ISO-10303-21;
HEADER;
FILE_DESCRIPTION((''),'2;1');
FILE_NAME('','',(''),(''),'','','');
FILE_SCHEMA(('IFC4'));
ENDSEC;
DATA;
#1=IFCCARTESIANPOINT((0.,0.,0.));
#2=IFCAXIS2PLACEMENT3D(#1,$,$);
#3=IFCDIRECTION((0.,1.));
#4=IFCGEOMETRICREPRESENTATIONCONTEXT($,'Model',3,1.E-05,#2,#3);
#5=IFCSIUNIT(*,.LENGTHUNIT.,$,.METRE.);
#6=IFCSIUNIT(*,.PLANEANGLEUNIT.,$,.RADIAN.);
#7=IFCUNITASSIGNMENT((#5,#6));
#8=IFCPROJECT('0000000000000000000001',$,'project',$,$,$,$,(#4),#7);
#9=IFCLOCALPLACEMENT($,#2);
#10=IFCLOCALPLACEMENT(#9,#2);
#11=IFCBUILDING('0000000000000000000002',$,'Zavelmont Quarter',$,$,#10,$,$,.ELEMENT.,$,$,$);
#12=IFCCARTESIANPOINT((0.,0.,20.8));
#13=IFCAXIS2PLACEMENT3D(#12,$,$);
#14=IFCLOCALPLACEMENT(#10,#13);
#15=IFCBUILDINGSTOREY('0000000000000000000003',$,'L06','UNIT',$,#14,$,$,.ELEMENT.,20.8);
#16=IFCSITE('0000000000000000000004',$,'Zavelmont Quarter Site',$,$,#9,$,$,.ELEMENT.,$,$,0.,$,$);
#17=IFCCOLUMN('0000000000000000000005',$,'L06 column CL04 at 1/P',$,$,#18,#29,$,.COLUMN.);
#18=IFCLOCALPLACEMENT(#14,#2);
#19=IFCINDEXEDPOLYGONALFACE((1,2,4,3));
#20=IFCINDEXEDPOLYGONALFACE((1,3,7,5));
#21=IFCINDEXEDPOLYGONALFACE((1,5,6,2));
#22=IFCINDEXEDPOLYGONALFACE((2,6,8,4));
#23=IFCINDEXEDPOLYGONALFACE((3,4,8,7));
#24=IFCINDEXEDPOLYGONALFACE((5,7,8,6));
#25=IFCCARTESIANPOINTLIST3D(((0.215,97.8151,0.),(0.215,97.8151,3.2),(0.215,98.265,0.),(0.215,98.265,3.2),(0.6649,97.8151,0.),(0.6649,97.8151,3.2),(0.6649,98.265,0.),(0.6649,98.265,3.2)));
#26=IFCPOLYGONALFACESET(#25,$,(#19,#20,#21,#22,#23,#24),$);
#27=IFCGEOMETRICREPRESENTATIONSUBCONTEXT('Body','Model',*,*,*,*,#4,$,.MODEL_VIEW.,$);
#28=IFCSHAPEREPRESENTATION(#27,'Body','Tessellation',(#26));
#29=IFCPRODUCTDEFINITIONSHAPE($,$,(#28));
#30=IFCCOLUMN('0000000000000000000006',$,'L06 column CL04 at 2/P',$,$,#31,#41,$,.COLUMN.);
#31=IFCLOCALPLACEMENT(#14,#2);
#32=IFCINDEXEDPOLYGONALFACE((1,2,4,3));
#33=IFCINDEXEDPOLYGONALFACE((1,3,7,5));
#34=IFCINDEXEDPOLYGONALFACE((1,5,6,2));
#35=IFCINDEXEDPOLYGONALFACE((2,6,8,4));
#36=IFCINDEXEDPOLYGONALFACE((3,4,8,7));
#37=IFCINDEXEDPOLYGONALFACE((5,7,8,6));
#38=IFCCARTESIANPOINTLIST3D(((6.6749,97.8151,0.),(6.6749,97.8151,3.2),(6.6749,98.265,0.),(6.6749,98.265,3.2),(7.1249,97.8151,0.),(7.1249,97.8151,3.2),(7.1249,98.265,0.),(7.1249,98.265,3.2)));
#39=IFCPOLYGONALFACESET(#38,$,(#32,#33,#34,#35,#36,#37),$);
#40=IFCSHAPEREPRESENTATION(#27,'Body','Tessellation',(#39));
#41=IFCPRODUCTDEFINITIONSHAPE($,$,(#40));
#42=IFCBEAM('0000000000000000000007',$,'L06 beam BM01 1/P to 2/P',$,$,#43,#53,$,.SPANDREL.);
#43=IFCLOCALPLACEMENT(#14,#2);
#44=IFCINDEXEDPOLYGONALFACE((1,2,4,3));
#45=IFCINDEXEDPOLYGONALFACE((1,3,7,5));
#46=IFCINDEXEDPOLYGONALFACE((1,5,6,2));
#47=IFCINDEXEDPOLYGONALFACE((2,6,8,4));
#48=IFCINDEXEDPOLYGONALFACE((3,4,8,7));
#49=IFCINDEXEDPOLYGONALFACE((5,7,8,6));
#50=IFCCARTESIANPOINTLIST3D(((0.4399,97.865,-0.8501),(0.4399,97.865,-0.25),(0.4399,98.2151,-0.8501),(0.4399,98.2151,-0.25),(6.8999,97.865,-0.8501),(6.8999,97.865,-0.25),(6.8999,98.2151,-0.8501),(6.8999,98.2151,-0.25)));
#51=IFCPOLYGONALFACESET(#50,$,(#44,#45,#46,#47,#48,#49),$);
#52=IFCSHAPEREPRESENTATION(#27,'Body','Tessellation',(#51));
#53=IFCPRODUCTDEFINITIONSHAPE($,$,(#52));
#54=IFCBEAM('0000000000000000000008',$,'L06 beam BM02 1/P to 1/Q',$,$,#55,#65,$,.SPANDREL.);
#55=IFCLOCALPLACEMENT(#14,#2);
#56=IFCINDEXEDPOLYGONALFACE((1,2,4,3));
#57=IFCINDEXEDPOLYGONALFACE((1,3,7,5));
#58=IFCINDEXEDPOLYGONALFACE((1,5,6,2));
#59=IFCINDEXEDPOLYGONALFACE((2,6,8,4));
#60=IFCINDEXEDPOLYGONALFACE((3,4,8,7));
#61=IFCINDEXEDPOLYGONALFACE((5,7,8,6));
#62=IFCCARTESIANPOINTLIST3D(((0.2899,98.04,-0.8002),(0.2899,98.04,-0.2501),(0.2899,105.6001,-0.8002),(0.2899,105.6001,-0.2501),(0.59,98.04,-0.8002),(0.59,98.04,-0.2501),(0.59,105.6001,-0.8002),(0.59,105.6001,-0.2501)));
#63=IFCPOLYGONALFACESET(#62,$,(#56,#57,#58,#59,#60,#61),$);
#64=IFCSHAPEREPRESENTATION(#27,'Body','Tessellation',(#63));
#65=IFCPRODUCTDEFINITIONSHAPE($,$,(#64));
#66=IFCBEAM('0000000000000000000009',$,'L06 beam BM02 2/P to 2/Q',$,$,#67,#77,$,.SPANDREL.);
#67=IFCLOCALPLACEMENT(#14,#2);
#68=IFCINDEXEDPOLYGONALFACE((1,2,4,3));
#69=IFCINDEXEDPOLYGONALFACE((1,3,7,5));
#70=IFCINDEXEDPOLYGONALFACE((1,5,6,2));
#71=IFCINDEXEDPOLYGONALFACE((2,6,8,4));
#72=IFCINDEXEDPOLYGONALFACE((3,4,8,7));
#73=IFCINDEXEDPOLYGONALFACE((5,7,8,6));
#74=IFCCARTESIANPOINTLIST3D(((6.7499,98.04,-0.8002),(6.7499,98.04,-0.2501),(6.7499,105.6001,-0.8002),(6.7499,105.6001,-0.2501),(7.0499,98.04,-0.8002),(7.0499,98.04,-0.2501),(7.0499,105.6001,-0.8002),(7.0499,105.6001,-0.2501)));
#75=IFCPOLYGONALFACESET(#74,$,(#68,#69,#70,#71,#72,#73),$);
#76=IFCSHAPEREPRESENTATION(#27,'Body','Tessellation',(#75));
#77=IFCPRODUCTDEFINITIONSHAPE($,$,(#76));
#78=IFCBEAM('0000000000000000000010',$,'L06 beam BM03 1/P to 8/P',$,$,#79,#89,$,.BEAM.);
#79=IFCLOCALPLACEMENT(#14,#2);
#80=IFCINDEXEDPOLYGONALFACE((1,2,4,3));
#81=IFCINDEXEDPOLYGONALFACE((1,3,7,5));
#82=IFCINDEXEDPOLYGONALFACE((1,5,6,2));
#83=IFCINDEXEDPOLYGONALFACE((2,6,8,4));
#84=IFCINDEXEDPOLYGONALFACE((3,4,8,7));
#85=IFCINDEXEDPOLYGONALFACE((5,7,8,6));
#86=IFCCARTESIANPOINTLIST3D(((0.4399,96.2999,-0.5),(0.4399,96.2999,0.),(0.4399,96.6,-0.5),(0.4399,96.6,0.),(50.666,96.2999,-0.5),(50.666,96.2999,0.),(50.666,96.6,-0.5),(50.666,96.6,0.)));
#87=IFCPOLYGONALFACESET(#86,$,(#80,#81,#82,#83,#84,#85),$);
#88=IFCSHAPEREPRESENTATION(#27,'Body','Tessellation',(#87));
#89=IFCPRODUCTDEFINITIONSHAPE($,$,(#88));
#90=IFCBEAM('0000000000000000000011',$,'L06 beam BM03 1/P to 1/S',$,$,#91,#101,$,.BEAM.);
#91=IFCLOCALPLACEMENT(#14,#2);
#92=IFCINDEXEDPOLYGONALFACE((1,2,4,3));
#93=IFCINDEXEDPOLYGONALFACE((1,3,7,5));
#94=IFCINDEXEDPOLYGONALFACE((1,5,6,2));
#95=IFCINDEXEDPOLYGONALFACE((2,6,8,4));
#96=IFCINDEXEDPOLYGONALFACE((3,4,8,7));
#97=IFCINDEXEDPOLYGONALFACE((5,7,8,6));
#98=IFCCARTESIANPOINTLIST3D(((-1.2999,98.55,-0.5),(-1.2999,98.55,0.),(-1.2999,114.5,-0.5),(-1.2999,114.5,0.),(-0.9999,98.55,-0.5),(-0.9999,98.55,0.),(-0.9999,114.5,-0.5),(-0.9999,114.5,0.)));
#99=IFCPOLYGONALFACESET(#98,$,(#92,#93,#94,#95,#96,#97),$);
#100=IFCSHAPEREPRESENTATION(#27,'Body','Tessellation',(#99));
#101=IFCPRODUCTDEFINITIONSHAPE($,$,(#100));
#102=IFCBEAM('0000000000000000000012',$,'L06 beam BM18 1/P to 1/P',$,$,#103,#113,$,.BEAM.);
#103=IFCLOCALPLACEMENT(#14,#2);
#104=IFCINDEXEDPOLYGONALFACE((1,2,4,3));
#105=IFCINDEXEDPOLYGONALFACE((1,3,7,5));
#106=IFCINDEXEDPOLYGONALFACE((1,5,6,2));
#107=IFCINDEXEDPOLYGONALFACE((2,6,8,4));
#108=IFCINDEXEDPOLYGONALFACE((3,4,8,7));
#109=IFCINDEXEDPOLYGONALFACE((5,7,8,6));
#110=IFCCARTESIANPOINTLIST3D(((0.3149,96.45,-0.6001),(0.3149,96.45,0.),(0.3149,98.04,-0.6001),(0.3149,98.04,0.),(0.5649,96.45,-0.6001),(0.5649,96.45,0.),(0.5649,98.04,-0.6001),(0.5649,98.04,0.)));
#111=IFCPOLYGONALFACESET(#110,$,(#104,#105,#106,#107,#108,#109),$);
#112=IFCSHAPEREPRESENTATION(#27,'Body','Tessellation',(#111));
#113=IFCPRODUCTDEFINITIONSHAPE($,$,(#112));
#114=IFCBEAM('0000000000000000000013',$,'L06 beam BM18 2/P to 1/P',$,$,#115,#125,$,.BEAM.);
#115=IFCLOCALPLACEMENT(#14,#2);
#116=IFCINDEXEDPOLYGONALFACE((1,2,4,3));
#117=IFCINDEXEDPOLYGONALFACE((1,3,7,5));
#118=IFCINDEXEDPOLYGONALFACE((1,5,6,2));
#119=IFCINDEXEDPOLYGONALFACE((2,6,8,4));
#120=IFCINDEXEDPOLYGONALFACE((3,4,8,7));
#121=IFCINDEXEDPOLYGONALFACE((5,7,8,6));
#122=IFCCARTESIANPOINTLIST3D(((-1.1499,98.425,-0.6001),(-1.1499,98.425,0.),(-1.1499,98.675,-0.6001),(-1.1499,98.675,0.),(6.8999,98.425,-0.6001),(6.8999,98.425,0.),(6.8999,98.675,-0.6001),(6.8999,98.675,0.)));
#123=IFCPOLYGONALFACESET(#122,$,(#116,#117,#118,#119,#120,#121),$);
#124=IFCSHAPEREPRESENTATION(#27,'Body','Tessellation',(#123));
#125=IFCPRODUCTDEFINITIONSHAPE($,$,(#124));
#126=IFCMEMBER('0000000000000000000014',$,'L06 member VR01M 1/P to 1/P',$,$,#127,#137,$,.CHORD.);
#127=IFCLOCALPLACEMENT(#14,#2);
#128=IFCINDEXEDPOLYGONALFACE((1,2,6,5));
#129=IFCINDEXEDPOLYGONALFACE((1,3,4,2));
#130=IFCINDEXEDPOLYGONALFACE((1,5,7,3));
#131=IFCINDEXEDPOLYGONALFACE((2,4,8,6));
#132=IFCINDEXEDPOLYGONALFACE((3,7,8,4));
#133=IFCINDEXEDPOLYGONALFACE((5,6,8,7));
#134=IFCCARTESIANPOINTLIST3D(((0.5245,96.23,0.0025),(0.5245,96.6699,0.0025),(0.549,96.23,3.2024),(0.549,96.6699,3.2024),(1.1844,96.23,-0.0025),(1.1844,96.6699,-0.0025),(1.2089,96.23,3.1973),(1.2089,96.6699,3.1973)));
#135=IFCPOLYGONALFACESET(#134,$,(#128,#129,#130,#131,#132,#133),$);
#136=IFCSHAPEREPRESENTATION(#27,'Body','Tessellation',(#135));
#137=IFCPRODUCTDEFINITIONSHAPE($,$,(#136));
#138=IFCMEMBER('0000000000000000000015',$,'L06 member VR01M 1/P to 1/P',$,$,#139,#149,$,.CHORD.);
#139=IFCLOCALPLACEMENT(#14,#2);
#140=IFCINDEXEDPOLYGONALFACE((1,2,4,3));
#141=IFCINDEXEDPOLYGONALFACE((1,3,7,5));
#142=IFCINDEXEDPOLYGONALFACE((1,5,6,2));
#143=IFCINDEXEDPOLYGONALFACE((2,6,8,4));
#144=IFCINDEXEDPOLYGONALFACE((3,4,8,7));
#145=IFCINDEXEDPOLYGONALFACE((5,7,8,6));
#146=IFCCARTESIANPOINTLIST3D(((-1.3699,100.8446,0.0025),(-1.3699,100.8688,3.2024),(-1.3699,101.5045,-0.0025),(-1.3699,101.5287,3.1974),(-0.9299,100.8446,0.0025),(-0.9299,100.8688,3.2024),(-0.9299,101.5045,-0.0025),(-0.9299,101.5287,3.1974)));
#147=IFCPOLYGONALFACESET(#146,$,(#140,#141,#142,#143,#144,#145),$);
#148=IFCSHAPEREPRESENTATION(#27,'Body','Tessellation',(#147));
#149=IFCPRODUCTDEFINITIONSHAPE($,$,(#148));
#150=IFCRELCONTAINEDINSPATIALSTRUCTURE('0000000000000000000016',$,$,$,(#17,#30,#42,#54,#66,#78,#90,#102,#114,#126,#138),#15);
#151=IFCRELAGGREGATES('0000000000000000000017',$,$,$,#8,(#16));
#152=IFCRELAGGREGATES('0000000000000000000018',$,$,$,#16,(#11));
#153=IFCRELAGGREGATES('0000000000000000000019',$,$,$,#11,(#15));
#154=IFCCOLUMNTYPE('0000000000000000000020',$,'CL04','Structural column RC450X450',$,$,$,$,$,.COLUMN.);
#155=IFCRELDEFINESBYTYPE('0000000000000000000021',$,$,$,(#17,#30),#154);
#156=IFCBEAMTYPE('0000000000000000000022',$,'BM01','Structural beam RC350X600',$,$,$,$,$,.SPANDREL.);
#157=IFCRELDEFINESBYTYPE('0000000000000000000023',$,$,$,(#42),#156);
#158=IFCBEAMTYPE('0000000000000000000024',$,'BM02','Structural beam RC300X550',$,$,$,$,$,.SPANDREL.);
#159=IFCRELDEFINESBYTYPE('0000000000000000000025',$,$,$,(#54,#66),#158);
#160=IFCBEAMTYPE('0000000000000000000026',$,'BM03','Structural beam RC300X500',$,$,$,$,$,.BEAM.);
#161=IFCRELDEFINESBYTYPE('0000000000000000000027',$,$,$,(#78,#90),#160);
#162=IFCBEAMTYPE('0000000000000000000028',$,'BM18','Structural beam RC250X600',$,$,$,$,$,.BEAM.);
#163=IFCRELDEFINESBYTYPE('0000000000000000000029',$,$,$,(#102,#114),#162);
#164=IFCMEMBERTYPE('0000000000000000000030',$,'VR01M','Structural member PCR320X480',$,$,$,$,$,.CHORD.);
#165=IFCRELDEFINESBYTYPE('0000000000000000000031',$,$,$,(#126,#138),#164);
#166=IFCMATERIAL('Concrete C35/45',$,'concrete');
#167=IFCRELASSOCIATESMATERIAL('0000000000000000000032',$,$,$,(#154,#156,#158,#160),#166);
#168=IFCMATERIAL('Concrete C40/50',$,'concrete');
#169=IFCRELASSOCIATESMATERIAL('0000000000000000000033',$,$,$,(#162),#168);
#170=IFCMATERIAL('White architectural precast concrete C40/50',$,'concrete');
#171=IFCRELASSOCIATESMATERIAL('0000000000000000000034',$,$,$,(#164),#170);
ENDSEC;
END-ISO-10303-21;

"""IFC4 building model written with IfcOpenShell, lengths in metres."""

from ifc_helpers import new_model, si_unit, direction, frame, origin, origin_2d, place, context, subcontext, project, spatial, rectangle, extrude, material, material_profile, profile_set, type_object, element, save


model = new_model("IFC4")

# Units and contexts
model_context = context("Model", 3, precision=1e-05, world=origin(), true_north=direction((0.0, 1.0)))
body_context = subcontext(model_context, "Body", "Model", "MODEL_VIEW")
ifc_project = project(units=[si_unit("LENGTHUNIT", "METRE"), si_unit("PLANEANGLEUNIT", "RADIAN")], contexts=[model_context])

# Site, building, storey
site_placement = place(None, origin())
site = spatial("IfcSite", under=ifc_project, at=site_placement, Name="Zavelmont Quarter Site", CompositionType="ELEMENT", RefElevation=0.0)
building_placement = place(site_placement, origin())
building = spatial("IfcBuilding", under=site, at=building_placement, Name="Zavelmont Quarter", CompositionType="ELEMENT")
storey_placement = place(building_placement, frame((0.0, 0.0, 20.8)))
storey = spatial("IfcBuildingStorey", under=building, at=storey_placement, Name="L06", Description="UNIT", CompositionType="ELEMENT", Elevation=20.8)

# Columns
ifc_material_1 = material(Name="Concrete C35/45", Category="concrete")
ifc_material_profile_1 = material_profile(ifc_material_1, rectangle(XDim=0.45, YDim=0.45, at=origin_2d()), Name="RC450X450")
ifc_profile_set_1 = profile_set([ifc_material_profile_1], Name="Concrete C35/45")
column_type = type_object("IfcColumnType", Name="CL04", Description="Structural column RC450X450", PredefinedType="COLUMN", material=ifc_profile_set_1)
for number, where, z_axis, x_axis, name in (
    (1, (0.4399, 98.04, 0.0), (0.0, 0.0, 1.0), (1.0, 0.0, 0.0), "L06 column CL04 at 1/P"),
    (2, (6.8999, 98.04, 0.0), (0.0, 0.0, 1.0), (1.0, 0.0, 0.0), "L06 column CL04 at 2/P"),
):
    element("IfcColumn", number, at=place(storey_placement, frame(where, z_axis=z_axis, x_axis=x_axis)), inside=storey, type_object=column_type, Name=name, PredefinedType="COLUMN", context=body_context, shape_type="SweptSolid", body=[
        extrude(rectangle(XDim=0.45, YDim=0.45, at=origin_2d()), origin(), (0.0, 0.0, 1.0), 3.2),
    ])

# Beams
ifc_material_profile_2 = material_profile(ifc_material_1, rectangle(XDim=0.3501, YDim=0.6001, at=origin_2d()), Name="RC350X600")
ifc_profile_set_2 = profile_set([ifc_material_profile_2], Name="Concrete C35/45")
beam_type_1 = type_object("IfcBeamType", Name="BM01", Description="Structural beam RC350X600", PredefinedType="SPANDREL", material=ifc_profile_set_2)
beam_1_placement = place(storey_placement, frame((0.4399, 98.04, -0.55), z_axis=(1.0, 0.0, 0.0), x_axis=(0.0, 1.0, 0.0)))
element("IfcBeam", 3, at=beam_1_placement, inside=storey, type_object=beam_type_1, Name="L06 beam BM01 1/P to 2/P", PredefinedType="SPANDREL", context=body_context, shape_type="SweptSolid", body=[
    extrude(rectangle(XDim=0.3501, YDim=0.6001, at=origin_2d()), origin(), (0.0, 0.0, 1.0), 6.46),
])
ifc_material_profile_3 = material_profile(ifc_material_1, rectangle(XDim=0.3, YDim=0.55, at=origin_2d()), Name="RC300X550")
ifc_profile_set_3 = profile_set([ifc_material_profile_3], Name="Concrete C35/45")
beam_type_2 = type_object("IfcBeamType", Name="BM02", Description="Structural beam RC300X550", PredefinedType="SPANDREL", material=ifc_profile_set_3)
for number, where, z_axis, x_axis, name in (
    (4, (0.4399, 98.04, -0.5251), (0.0, 1.0, 0.0), (-1.0, 0.0, 0.0), "L06 beam BM02 1/P to 1/Q"),
    (5, (6.8999, 98.04, -0.5251), (0.0, 1.0, 0.0), (-1.0, 0.0, 0.0), "L06 beam BM02 2/P to 2/Q"),
):
    element("IfcBeam", number, at=place(storey_placement, frame(where, z_axis=z_axis, x_axis=x_axis)), inside=storey, type_object=beam_type_2, Name=name, PredefinedType="SPANDREL", context=body_context, shape_type="SweptSolid", body=[
        extrude(rectangle(XDim=0.3, YDim=0.55, at=origin_2d()), origin(), (0.0, 0.0, 1.0), 7.5601),
    ])
ifc_material_profile_4 = material_profile(ifc_material_1, rectangle(XDim=0.3, YDim=0.5, at=origin_2d()), Name="RC300X500")
ifc_profile_set_4 = profile_set([ifc_material_profile_4], Name="Concrete C35/45")
beam_type_3 = type_object("IfcBeamType", Name="BM03", Description="Structural beam RC300X500", PredefinedType="BEAM", material=ifc_profile_set_4)
beam_2_placement = place(storey_placement, frame((0.4399, 96.45, -0.25), z_axis=(1.0, 0.0, 0.0), x_axis=(0.0, 1.0, 0.0)))
element("IfcBeam", 6, at=beam_2_placement, inside=storey, type_object=beam_type_3, Name="L06 beam BM03 1/P to 8/P", PredefinedType="BEAM", context=body_context, shape_type="SweptSolid", body=[
    extrude(rectangle(XDim=0.3, YDim=0.5, at=origin_2d()), origin(), (0.0, 0.0, 1.0), 50.2261),
])
beam_3_placement = place(storey_placement, frame((-1.1499, 98.55, -0.25), z_axis=(0.0, 1.0, 0.0), x_axis=(-1.0, 0.0, 0.0)))
element("IfcBeam", 7, at=beam_3_placement, inside=storey, type_object=beam_type_3, Name="L06 beam BM03 1/P to 1/S", PredefinedType="BEAM", context=body_context, shape_type="SweptSolid", body=[
    extrude(rectangle(XDim=0.3, YDim=0.5, at=origin_2d()), origin(), (0.0, 0.0, 1.0), 15.95),
])
ifc_material_2 = material(Name="Concrete C40/50", Category="concrete")
ifc_material_profile_5 = material_profile(ifc_material_2, rectangle(XDim=0.25, YDim=0.6001, at=origin_2d()), Name="RC250X600")
ifc_profile_set_5 = profile_set([ifc_material_profile_5], Name="Concrete C40/50")
beam_type_4 = type_object("IfcBeamType", Name="BM18", Description="Structural beam RC250X600", PredefinedType="BEAM", material=ifc_profile_set_5)
beam_4_placement = place(storey_placement, frame((0.4399, 98.04, -0.3), z_axis=(0.0, -1.0, 0.0), x_axis=(1.0, 0.0, 0.0)))
element("IfcBeam", 8, at=beam_4_placement, inside=storey, type_object=beam_type_4, Name="L06 beam BM18 1/P to 1/P", PredefinedType="BEAM", context=body_context, shape_type="SweptSolid", body=[
    extrude(rectangle(XDim=0.25, YDim=0.6001, at=origin_2d()), origin(), (0.0, 0.0, 1.0), 1.5901),
])
beam_5_placement = place(storey_placement, frame((6.8999, 98.55, -0.3), z_axis=(-1.0, 0.0, 0.0), x_axis=(0.0, -1.0, 0.0)))
element("IfcBeam", 9, at=beam_5_placement, inside=storey, type_object=beam_type_4, Name="L06 beam BM18 2/P to 1/P", PredefinedType="BEAM", context=body_context, shape_type="SweptSolid", body=[
    extrude(rectangle(XDim=0.25, YDim=0.6001, at=origin_2d()), origin(), (0.0, 0.0, 1.0), 8.0498),
])

# Members
ifc_material_3 = material(Name="White architectural precast concrete C40/50", Category="concrete")
ifc_material_profile_6 = material_profile(ifc_material_3, rectangle(XDim=0.4399, YDim=0.6599, at=origin_2d()), Name="PCR320X480")
ifc_profile_set_6 = profile_set([ifc_material_profile_6], Name="White architectural precast concrete C40/50")
member_type = type_object("IfcMemberType", Name="VR01M", Description="Structural member PCR320X480", PredefinedType="CHORD", material=ifc_profile_set_6)
for number, where, z_axis, x_axis, name in (
    (10, (0.8545, 96.45, 0.0), (0.007629, 0.0, 0.999971), (0.0, 1.0, 0.0), "L06 member VR01M 1/P to 1/P"),
    (11, (-1.1499, 101.1746, 0.0), (0.0, 0.007553, 0.999971), (-1.0, 0.0, 0.0), "L06 member VR01M 1/P to 1/P"),
):
    element("IfcMember", number, at=place(storey_placement, frame(where, z_axis=z_axis, x_axis=x_axis)), inside=storey, type_object=member_type, Name=name, PredefinedType="CHORD", context=body_context, shape_type="SweptSolid", body=[
        extrude(rectangle(XDim=0.4399, YDim=0.6599, at=origin_2d()), origin(), (0.0, 0.0, 1.0), 3.2),
    ])

save(model, "model.ifc")
